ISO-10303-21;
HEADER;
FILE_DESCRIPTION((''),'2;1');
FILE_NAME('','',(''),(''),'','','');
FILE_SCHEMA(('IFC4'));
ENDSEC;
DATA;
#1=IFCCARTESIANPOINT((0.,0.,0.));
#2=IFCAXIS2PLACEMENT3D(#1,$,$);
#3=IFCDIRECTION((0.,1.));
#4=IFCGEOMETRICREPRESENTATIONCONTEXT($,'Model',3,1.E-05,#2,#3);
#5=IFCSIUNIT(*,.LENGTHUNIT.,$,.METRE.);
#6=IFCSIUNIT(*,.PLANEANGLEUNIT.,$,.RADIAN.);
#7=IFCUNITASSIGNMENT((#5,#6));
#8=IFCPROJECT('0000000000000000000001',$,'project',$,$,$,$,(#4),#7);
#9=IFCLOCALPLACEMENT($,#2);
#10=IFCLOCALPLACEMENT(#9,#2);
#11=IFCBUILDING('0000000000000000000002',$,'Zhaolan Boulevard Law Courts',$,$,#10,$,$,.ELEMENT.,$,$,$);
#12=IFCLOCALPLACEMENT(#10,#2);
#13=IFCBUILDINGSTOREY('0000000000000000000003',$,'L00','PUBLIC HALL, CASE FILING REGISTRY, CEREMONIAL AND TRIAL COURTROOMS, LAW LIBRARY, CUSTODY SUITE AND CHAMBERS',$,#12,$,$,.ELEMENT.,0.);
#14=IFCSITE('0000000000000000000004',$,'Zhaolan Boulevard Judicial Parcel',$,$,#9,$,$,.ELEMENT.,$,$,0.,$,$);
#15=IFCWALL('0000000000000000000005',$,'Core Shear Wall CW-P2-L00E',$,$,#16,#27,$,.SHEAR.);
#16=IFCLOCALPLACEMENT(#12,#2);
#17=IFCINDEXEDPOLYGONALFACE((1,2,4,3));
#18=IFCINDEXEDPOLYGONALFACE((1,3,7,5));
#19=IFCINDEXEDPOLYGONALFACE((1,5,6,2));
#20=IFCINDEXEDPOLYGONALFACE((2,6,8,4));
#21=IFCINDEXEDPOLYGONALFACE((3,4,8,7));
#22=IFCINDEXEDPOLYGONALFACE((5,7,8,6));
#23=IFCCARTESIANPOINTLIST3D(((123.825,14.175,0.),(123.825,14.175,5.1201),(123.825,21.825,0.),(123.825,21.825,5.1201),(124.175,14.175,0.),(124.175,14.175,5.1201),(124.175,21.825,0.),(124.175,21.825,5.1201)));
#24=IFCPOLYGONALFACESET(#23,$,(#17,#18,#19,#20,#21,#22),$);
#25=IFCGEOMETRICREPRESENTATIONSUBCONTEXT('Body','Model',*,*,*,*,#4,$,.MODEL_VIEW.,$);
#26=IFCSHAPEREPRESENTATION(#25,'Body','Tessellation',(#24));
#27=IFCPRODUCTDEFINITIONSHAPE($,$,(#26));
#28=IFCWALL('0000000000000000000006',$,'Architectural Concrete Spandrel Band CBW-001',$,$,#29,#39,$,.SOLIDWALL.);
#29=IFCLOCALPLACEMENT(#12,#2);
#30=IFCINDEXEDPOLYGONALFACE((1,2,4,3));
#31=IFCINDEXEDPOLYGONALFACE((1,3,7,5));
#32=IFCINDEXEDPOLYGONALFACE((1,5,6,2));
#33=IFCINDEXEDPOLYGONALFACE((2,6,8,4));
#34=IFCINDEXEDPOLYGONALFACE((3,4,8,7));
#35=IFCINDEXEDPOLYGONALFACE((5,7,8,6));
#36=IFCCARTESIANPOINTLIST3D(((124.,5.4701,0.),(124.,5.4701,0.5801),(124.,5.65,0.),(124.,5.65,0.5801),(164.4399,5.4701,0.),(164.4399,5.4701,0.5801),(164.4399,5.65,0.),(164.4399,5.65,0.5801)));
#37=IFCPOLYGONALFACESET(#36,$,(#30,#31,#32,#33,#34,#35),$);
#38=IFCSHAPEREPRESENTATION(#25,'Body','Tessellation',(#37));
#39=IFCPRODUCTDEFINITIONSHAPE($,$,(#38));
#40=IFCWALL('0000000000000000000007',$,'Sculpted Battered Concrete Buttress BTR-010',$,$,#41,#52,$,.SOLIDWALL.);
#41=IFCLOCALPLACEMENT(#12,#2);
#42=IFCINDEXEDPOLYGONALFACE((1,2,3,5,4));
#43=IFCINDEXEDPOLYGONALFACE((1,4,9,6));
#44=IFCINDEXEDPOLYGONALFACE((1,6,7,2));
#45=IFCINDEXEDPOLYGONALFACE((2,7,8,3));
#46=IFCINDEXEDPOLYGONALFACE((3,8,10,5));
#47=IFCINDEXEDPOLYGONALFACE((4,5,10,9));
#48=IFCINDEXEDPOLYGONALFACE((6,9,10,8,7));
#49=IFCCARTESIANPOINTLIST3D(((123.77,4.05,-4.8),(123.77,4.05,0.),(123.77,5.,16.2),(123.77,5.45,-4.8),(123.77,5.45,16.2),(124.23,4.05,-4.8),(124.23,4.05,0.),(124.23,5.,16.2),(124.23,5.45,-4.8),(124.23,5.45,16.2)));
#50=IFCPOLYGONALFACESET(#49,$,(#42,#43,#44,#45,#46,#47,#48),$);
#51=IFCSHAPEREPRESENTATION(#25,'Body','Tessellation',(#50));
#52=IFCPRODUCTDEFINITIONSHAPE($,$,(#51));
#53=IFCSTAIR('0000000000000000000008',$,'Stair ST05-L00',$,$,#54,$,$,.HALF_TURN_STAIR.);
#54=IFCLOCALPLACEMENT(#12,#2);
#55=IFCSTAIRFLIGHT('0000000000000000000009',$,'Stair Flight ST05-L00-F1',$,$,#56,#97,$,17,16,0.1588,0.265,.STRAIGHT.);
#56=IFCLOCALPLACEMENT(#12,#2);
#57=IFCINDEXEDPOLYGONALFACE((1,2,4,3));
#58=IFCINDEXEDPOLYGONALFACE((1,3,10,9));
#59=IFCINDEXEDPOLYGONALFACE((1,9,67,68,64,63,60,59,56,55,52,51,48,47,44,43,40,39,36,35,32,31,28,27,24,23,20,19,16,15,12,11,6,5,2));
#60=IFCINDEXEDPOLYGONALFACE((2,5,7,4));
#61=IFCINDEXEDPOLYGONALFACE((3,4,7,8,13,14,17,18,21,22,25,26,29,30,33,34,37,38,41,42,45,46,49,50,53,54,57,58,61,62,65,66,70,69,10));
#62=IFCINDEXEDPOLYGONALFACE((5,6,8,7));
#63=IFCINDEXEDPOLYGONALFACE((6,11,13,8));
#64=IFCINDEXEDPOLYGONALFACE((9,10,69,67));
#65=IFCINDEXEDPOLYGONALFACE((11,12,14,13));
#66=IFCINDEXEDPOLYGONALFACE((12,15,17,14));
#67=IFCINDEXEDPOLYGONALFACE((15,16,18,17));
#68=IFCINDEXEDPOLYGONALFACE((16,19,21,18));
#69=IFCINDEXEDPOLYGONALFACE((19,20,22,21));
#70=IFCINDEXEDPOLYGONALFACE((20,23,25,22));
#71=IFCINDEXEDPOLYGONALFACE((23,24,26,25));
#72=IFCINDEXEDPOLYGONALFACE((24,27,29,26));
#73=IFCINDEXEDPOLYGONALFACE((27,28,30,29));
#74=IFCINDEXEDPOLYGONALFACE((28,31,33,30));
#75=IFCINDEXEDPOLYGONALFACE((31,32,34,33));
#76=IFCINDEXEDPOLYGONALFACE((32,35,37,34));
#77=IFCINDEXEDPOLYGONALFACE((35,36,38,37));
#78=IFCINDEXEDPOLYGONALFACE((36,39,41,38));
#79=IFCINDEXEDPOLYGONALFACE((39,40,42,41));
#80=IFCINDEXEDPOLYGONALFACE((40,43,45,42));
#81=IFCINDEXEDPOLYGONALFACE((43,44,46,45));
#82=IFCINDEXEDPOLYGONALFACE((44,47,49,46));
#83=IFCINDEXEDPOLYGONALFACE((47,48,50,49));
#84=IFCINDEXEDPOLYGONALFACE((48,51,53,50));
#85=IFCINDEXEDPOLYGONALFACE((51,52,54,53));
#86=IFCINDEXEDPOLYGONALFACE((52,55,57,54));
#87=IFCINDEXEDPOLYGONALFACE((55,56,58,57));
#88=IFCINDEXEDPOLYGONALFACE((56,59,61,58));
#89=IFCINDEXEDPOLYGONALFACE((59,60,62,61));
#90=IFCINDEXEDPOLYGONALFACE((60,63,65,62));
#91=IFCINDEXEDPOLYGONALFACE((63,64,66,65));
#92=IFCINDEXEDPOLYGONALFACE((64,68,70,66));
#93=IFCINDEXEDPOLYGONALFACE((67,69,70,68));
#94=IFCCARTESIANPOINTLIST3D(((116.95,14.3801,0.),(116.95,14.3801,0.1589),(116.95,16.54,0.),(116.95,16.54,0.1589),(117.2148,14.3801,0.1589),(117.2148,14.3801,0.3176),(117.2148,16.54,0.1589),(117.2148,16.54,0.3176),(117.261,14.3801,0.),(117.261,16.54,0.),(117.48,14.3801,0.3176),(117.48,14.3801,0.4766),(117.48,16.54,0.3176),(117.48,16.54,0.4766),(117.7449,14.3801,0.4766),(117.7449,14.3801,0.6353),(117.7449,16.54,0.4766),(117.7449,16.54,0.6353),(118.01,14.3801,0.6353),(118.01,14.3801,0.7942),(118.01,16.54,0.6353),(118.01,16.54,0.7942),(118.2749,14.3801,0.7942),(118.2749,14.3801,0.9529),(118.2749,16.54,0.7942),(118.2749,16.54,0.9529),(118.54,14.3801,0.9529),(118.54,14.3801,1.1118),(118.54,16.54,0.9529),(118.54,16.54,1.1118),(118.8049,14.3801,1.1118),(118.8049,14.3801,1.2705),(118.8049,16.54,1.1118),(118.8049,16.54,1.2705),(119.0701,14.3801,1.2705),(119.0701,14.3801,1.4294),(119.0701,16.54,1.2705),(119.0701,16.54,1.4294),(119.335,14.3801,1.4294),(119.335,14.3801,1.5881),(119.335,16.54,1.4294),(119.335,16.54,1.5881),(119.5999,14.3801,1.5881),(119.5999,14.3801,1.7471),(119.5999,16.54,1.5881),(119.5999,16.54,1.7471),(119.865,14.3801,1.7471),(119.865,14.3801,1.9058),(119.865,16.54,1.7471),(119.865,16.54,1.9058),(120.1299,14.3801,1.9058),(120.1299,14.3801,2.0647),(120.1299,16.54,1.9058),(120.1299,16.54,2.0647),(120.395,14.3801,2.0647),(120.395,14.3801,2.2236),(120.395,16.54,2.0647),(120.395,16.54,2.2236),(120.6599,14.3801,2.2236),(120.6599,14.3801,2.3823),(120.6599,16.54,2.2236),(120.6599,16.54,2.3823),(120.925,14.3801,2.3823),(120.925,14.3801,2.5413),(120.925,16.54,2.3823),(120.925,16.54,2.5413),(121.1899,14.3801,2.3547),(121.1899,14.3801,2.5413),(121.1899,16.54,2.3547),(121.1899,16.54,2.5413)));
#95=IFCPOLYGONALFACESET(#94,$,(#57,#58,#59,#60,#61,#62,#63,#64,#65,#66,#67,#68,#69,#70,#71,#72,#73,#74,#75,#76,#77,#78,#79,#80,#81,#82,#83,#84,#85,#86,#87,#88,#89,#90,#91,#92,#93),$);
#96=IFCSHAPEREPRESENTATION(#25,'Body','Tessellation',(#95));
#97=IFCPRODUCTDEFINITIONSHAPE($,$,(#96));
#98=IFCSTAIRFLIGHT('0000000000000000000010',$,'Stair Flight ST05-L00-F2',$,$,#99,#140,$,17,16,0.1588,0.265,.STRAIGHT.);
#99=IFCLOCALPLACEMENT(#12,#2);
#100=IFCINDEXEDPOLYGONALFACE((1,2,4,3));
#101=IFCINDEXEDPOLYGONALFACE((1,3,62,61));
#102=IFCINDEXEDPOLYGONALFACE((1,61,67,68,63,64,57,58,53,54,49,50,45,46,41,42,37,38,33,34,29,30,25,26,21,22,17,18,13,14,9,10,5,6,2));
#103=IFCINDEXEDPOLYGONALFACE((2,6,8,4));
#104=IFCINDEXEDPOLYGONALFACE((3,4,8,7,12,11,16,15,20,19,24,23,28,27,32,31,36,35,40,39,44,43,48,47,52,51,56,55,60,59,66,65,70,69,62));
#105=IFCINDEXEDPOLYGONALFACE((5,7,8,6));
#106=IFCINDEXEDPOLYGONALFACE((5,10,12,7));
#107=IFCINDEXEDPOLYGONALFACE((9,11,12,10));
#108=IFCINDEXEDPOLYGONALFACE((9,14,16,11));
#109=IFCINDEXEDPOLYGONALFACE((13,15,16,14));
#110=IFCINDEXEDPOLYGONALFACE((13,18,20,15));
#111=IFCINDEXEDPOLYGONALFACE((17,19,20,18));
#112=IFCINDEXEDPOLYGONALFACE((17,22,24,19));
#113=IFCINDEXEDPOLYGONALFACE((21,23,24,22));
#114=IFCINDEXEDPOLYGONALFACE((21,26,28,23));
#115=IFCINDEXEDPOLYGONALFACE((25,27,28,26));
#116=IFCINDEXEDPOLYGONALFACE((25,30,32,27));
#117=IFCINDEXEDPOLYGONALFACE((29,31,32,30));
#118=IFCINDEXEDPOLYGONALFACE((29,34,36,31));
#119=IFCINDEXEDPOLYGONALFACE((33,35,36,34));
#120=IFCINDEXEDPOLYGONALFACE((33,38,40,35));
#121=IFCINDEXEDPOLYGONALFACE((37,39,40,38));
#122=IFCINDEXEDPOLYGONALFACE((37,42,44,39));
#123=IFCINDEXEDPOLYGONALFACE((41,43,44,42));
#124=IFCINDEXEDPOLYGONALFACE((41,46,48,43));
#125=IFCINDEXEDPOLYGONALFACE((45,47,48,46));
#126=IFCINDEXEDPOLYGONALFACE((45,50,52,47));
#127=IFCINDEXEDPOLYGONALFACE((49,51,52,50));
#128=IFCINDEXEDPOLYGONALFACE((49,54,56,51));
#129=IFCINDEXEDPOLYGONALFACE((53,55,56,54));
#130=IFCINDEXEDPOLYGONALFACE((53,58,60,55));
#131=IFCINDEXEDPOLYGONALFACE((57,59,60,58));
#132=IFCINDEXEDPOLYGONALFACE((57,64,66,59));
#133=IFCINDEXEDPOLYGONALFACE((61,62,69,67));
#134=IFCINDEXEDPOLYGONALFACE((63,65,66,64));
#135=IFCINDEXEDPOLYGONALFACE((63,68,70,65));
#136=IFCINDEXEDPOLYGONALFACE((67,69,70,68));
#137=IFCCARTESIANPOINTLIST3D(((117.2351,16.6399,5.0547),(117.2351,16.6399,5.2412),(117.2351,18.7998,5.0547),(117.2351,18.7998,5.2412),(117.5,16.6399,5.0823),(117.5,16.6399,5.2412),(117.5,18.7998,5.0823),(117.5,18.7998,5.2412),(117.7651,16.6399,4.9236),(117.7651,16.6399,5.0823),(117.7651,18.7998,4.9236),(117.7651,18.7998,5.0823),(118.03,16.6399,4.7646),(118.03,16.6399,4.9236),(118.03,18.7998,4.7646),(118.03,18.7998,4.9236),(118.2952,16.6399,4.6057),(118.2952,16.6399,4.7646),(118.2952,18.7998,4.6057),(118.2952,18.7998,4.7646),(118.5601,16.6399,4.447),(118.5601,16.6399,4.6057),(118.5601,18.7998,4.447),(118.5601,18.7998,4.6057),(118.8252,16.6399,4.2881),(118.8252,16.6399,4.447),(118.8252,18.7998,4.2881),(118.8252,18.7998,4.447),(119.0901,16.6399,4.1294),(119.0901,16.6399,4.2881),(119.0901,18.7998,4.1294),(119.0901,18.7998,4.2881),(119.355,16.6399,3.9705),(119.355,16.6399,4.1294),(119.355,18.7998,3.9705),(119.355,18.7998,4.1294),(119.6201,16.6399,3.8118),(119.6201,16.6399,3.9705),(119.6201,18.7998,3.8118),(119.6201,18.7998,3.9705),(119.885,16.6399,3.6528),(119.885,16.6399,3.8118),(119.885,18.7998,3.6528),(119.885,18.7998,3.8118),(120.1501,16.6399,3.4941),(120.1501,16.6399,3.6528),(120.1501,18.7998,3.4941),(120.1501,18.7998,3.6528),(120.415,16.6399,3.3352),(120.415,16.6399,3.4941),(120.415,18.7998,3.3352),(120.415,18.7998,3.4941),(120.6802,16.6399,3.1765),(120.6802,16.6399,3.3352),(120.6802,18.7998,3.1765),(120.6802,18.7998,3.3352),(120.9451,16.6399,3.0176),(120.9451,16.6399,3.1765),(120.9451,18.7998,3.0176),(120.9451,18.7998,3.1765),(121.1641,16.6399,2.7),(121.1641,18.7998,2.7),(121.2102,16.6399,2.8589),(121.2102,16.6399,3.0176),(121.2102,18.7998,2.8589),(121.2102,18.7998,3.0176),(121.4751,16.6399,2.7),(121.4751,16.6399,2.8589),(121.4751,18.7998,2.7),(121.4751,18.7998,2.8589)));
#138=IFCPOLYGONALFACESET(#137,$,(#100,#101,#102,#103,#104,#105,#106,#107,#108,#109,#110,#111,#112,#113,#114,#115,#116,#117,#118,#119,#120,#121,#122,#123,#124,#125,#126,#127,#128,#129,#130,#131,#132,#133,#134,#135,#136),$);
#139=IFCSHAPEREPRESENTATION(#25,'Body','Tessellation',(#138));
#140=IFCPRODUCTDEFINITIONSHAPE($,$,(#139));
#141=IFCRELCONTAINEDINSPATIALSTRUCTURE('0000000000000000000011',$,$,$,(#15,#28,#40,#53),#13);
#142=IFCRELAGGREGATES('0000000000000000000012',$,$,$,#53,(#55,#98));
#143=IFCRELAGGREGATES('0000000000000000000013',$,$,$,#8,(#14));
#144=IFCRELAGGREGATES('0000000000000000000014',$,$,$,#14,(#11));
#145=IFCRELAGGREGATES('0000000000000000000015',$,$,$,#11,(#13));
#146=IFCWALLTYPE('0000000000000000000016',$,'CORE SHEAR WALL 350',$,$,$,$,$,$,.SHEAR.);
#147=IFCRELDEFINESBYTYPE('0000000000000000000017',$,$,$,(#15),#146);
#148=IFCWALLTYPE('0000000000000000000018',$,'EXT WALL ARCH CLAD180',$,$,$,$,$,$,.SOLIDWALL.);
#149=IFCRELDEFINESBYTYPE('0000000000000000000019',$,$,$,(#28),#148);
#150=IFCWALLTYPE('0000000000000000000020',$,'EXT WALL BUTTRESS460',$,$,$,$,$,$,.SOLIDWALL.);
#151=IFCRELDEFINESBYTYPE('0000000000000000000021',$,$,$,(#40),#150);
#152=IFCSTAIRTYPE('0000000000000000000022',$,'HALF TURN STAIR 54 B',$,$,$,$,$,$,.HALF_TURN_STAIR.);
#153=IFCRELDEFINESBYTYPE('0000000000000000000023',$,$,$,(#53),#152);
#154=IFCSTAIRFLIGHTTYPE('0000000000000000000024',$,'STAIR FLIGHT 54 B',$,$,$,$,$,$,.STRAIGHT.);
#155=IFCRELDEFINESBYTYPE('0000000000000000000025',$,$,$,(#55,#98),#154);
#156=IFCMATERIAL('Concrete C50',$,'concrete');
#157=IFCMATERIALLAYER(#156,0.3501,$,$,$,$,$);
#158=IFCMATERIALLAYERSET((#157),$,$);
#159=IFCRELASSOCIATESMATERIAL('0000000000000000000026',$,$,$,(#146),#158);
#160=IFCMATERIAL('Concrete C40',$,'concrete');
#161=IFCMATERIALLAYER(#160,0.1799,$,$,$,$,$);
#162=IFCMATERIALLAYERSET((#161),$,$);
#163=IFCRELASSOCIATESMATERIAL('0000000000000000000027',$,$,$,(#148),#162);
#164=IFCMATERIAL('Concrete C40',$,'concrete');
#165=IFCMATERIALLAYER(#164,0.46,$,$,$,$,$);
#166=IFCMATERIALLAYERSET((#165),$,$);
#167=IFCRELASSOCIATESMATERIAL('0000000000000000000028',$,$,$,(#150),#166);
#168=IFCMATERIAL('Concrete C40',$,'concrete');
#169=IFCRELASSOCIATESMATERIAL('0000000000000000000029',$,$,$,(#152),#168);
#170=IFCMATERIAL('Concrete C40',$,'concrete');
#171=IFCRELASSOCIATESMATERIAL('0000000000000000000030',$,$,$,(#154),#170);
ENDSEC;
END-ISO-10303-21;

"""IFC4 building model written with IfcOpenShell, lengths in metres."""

from ifc_helpers import new_model, si_unit, direction, frame, frame_2d, origin, place, context, subcontext, project, spatial, polyline, rectangle, outline, extrude, material, layer, layer_set, type_object, element, aggregate, save


model = new_model("IFC4")

# Units and contexts
model_context = context("Model", 3, precision=1e-05, world=origin(), true_north=direction((0.0, 1.0)))
body_context = subcontext(model_context, "Body", "Model", "MODEL_VIEW")
ifc_project = project(units=[si_unit("LENGTHUNIT", "METRE"), si_unit("PLANEANGLEUNIT", "RADIAN")], contexts=[model_context])

# Site, building, storey
site_placement = place(None, origin())
site = spatial("IfcSite", under=ifc_project, at=site_placement, Name="Zhaolan Boulevard Judicial Parcel", CompositionType="ELEMENT", RefElevation=0.0)
building_placement = place(site_placement, origin())
building = spatial("IfcBuilding", under=site, at=building_placement, Name="Zhaolan Boulevard Law Courts", CompositionType="ELEMENT")
storey_placement = place(building_placement, origin())
storey = spatial("IfcBuildingStorey", under=building, at=storey_placement, Name="L00", Description="PUBLIC HALL, CASE FILING REGISTRY, CEREMONIAL AND TRIAL COURTROOMS, LAW LIBRARY, CUSTODY SUITE AND CHAMBERS", CompositionType="ELEMENT", Elevation=0.0)

# Walls
ifc_material_1 = material(Name="Concrete C50", Category="concrete")
ifc_layer_1 = layer(ifc_material_1, 0.3501)
ifc_layer_set_1 = layer_set([ifc_layer_1])
wall_type_1 = type_object("IfcWallType", Name="CORE SHEAR WALL 350", PredefinedType="SHEAR", material=ifc_layer_set_1)
wall_1_placement = place(storey_placement, frame((124.0, 14.175, 0.0), z_axis=(0.0, 0.0, 1.0), x_axis=(0.0, 1.0, 0.0)))
element("IfcWall", 1, at=wall_1_placement, inside=storey, type_object=wall_type_1, Name="Core Shear Wall CW-P2-L00E", PredefinedType="SHEAR", context=body_context, shape_type="SweptSolid", body=[
    extrude(rectangle(XDim=7.6499, YDim=0.3501, at=frame_2d((3.825, 0.0))), origin(), (0.0, 0.0, 1.0), 5.1201),
])
ifc_material_2 = material(Name="Concrete C40", Category="concrete")
ifc_layer_2 = layer(ifc_material_2, 0.1799)
ifc_layer_set_2 = layer_set([ifc_layer_2])
wall_type_2 = type_object("IfcWallType", Name="EXT WALL ARCH CLAD180", PredefinedType="SOLIDWALL", material=ifc_layer_set_2)
wall_2_placement = place(storey_placement, frame((124.0, 5.5601, 0.0), z_axis=(0.0, 0.0, 1.0), x_axis=(1.0, 0.0, 0.0)))
element("IfcWall", 2, at=wall_2_placement, inside=storey, type_object=wall_type_2, Name="Architectural Concrete Spandrel Band CBW-001", PredefinedType="SOLIDWALL", context=body_context, shape_type="SweptSolid", body=[
    extrude(rectangle(XDim=40.4399, YDim=0.1799, at=frame_2d((20.22, 0.0))), origin(), (0.0, 0.0, 1.0), 0.5801),
])
ifc_material_3 = material(Name="Concrete C40", Category="concrete")
ifc_layer_3 = layer(ifc_material_3, 0.46)
ifc_layer_set_3 = layer_set([ifc_layer_3])
wall_type_3 = type_object("IfcWallType", Name="EXT WALL BUTTRESS460", PredefinedType="SOLIDWALL", material=ifc_layer_set_3)
wall_3_placement = place(storey_placement, frame((124.0, 5.45, -4.8), z_axis=(0.0, 0.0, 1.0), x_axis=(0.0, -1.0, 0.0)))
element("IfcWall", 3, at=wall_3_placement, inside=storey, type_object=wall_type_3, Name="Sculpted Battered Concrete Buttress BTR-010", PredefinedType="SOLIDWALL", context=body_context, shape_type="SweptSolid", body=[
    extrude(outline(polyline([(0.0, 0.0), (1.3999, 0.0), (1.3999, 4.8), (0.45, 21.0), (0.0, 21.0), (0.0, 0.0)])), frame((0.0, 0.23, 0.0), z_axis=(0.0, -1.0, 0.0), x_axis=(1.0, 0.0, 0.0)), (0.0, 0.0, 1.0), 0.46),
])

# Stair, stair flights
ifc_material_4 = material(Name="Concrete C40", Category="concrete")
stair_type = type_object("IfcStairType", Name="HALF TURN STAIR 54 B", PredefinedType="HALF_TURN_STAIR", material=ifc_material_4)
stair_placement = place(storey_placement, origin())
stair = element("IfcStair", 4, at=stair_placement, inside=storey, type_object=stair_type, Name="Stair ST05-L00", PredefinedType="HALF_TURN_STAIR")
ifc_material_5 = material(Name="Concrete C40", Category="concrete")
stair_flight_type = type_object("IfcStairFlightType", Name="STAIR FLIGHT 54 B", PredefinedType="STRAIGHT", material=ifc_material_5)
stair_flight_1_placement = place(storey_placement, frame((116.95, 15.46, 0.0), z_axis=(0.0, 0.0, 1.0), x_axis=(1.0, 0.0, 0.0)))
stair_flight_1 = element("IfcStairFlight", 5, at=stair_flight_1_placement, type_object=stair_flight_type, Name="Stair Flight ST05-L00-F1", NumberOfRisers=17, NumberOfTreads=16, PredefinedType="STRAIGHT", RiserHeight=0.1588, TreadLength=0.265, context=body_context, shape_type="SweptSolid", body=[
    extrude(outline(polyline([(0.0, 0.0), (0.0, 0.1589), (0.2649, 0.1589), (0.2649, 0.3176), (0.53, 0.3176), (0.53, 0.4766), (0.7949, 0.4766), (0.7949, 0.6353), (1.0601, 0.6353), (1.0601, 0.7942), (1.325, 0.7942), (1.325, 0.9529), (1.5901, 0.9529), (1.5901, 1.1118), (1.855, 1.1118), (1.855, 1.2705), (2.1201, 1.2705), (2.1201, 1.4294), (2.385, 1.4294), (2.385, 1.5881), (2.6499, 1.5881), (2.6499, 1.7471), (2.915, 1.7471), (2.915, 1.9058), (3.1799, 1.9058), (3.1799, 2.0647), (3.4451, 2.0647), (3.4451, 2.2236), (3.71, 2.2236), (3.71, 2.3823), (3.9751, 2.3823), (3.9751, 2.5413), (4.24, 2.5413), (4.24, 2.7), (4.24, 2.3547), (0.311, 0.0), (0.0, 0.0)])), frame((0.0, 1.0801, 0.0), z_axis=(0.0, -1.0, 0.0), x_axis=(1.0, 0.0, 0.0)), (0.0, 0.0, 1.0), 2.1599),
])
stair_flight_2_placement = place(storey_placement, frame((121.4751, 17.72, 2.7), z_axis=(0.0, 0.0, 1.0), x_axis=(-1.0, 0.0, 0.0)))
stair_flight_2 = element("IfcStairFlight", 6, at=stair_flight_2_placement, type_object=stair_flight_type, Name="Stair Flight ST05-L00-F2", NumberOfRisers=17, NumberOfTreads=16, PredefinedType="STRAIGHT", RiserHeight=0.1588, TreadLength=0.265, context=body_context, shape_type="SweptSolid", body=[
    extrude(outline(polyline([(0.0, 0.0), (0.0, 0.1589), (0.2649, 0.1589), (0.2649, 0.3176), (0.53, 0.3176), (0.53, 0.4766), (0.7949, 0.4766), (0.7949, 0.6353), (1.0601, 0.6353), (1.0601, 0.7942), (1.325, 0.7942), (1.325, 0.9529), (1.5901, 0.9529), (1.5901, 1.1118), (1.855, 1.1118), (1.855, 1.2705), (2.1201, 1.2705), (2.1201, 1.4294), (2.385, 1.4294), (2.385, 1.5881), (2.6499, 1.5881), (2.6499, 1.7471), (2.915, 1.7471), (2.915, 1.9058), (3.1799, 1.9058), (3.1799, 2.0647), (3.4451, 2.0647), (3.4451, 2.2236), (3.71, 2.2236), (3.71, 2.3823), (3.9751, 2.3823), (3.9751, 2.5413), (4.24, 2.5413), (4.24, 2.7), (4.24, 2.3547), (0.311, 0.0), (0.0, 0.0)])), frame((0.0, 1.0801, 0.0), z_axis=(0.0, -1.0, 0.0), x_axis=(1.0, 0.0, 0.0)), (0.0, 0.0, 1.0), 2.1599),
])
aggregate(stair, [stair_flight_1, stair_flight_2])

save(model, "model.ifc")
